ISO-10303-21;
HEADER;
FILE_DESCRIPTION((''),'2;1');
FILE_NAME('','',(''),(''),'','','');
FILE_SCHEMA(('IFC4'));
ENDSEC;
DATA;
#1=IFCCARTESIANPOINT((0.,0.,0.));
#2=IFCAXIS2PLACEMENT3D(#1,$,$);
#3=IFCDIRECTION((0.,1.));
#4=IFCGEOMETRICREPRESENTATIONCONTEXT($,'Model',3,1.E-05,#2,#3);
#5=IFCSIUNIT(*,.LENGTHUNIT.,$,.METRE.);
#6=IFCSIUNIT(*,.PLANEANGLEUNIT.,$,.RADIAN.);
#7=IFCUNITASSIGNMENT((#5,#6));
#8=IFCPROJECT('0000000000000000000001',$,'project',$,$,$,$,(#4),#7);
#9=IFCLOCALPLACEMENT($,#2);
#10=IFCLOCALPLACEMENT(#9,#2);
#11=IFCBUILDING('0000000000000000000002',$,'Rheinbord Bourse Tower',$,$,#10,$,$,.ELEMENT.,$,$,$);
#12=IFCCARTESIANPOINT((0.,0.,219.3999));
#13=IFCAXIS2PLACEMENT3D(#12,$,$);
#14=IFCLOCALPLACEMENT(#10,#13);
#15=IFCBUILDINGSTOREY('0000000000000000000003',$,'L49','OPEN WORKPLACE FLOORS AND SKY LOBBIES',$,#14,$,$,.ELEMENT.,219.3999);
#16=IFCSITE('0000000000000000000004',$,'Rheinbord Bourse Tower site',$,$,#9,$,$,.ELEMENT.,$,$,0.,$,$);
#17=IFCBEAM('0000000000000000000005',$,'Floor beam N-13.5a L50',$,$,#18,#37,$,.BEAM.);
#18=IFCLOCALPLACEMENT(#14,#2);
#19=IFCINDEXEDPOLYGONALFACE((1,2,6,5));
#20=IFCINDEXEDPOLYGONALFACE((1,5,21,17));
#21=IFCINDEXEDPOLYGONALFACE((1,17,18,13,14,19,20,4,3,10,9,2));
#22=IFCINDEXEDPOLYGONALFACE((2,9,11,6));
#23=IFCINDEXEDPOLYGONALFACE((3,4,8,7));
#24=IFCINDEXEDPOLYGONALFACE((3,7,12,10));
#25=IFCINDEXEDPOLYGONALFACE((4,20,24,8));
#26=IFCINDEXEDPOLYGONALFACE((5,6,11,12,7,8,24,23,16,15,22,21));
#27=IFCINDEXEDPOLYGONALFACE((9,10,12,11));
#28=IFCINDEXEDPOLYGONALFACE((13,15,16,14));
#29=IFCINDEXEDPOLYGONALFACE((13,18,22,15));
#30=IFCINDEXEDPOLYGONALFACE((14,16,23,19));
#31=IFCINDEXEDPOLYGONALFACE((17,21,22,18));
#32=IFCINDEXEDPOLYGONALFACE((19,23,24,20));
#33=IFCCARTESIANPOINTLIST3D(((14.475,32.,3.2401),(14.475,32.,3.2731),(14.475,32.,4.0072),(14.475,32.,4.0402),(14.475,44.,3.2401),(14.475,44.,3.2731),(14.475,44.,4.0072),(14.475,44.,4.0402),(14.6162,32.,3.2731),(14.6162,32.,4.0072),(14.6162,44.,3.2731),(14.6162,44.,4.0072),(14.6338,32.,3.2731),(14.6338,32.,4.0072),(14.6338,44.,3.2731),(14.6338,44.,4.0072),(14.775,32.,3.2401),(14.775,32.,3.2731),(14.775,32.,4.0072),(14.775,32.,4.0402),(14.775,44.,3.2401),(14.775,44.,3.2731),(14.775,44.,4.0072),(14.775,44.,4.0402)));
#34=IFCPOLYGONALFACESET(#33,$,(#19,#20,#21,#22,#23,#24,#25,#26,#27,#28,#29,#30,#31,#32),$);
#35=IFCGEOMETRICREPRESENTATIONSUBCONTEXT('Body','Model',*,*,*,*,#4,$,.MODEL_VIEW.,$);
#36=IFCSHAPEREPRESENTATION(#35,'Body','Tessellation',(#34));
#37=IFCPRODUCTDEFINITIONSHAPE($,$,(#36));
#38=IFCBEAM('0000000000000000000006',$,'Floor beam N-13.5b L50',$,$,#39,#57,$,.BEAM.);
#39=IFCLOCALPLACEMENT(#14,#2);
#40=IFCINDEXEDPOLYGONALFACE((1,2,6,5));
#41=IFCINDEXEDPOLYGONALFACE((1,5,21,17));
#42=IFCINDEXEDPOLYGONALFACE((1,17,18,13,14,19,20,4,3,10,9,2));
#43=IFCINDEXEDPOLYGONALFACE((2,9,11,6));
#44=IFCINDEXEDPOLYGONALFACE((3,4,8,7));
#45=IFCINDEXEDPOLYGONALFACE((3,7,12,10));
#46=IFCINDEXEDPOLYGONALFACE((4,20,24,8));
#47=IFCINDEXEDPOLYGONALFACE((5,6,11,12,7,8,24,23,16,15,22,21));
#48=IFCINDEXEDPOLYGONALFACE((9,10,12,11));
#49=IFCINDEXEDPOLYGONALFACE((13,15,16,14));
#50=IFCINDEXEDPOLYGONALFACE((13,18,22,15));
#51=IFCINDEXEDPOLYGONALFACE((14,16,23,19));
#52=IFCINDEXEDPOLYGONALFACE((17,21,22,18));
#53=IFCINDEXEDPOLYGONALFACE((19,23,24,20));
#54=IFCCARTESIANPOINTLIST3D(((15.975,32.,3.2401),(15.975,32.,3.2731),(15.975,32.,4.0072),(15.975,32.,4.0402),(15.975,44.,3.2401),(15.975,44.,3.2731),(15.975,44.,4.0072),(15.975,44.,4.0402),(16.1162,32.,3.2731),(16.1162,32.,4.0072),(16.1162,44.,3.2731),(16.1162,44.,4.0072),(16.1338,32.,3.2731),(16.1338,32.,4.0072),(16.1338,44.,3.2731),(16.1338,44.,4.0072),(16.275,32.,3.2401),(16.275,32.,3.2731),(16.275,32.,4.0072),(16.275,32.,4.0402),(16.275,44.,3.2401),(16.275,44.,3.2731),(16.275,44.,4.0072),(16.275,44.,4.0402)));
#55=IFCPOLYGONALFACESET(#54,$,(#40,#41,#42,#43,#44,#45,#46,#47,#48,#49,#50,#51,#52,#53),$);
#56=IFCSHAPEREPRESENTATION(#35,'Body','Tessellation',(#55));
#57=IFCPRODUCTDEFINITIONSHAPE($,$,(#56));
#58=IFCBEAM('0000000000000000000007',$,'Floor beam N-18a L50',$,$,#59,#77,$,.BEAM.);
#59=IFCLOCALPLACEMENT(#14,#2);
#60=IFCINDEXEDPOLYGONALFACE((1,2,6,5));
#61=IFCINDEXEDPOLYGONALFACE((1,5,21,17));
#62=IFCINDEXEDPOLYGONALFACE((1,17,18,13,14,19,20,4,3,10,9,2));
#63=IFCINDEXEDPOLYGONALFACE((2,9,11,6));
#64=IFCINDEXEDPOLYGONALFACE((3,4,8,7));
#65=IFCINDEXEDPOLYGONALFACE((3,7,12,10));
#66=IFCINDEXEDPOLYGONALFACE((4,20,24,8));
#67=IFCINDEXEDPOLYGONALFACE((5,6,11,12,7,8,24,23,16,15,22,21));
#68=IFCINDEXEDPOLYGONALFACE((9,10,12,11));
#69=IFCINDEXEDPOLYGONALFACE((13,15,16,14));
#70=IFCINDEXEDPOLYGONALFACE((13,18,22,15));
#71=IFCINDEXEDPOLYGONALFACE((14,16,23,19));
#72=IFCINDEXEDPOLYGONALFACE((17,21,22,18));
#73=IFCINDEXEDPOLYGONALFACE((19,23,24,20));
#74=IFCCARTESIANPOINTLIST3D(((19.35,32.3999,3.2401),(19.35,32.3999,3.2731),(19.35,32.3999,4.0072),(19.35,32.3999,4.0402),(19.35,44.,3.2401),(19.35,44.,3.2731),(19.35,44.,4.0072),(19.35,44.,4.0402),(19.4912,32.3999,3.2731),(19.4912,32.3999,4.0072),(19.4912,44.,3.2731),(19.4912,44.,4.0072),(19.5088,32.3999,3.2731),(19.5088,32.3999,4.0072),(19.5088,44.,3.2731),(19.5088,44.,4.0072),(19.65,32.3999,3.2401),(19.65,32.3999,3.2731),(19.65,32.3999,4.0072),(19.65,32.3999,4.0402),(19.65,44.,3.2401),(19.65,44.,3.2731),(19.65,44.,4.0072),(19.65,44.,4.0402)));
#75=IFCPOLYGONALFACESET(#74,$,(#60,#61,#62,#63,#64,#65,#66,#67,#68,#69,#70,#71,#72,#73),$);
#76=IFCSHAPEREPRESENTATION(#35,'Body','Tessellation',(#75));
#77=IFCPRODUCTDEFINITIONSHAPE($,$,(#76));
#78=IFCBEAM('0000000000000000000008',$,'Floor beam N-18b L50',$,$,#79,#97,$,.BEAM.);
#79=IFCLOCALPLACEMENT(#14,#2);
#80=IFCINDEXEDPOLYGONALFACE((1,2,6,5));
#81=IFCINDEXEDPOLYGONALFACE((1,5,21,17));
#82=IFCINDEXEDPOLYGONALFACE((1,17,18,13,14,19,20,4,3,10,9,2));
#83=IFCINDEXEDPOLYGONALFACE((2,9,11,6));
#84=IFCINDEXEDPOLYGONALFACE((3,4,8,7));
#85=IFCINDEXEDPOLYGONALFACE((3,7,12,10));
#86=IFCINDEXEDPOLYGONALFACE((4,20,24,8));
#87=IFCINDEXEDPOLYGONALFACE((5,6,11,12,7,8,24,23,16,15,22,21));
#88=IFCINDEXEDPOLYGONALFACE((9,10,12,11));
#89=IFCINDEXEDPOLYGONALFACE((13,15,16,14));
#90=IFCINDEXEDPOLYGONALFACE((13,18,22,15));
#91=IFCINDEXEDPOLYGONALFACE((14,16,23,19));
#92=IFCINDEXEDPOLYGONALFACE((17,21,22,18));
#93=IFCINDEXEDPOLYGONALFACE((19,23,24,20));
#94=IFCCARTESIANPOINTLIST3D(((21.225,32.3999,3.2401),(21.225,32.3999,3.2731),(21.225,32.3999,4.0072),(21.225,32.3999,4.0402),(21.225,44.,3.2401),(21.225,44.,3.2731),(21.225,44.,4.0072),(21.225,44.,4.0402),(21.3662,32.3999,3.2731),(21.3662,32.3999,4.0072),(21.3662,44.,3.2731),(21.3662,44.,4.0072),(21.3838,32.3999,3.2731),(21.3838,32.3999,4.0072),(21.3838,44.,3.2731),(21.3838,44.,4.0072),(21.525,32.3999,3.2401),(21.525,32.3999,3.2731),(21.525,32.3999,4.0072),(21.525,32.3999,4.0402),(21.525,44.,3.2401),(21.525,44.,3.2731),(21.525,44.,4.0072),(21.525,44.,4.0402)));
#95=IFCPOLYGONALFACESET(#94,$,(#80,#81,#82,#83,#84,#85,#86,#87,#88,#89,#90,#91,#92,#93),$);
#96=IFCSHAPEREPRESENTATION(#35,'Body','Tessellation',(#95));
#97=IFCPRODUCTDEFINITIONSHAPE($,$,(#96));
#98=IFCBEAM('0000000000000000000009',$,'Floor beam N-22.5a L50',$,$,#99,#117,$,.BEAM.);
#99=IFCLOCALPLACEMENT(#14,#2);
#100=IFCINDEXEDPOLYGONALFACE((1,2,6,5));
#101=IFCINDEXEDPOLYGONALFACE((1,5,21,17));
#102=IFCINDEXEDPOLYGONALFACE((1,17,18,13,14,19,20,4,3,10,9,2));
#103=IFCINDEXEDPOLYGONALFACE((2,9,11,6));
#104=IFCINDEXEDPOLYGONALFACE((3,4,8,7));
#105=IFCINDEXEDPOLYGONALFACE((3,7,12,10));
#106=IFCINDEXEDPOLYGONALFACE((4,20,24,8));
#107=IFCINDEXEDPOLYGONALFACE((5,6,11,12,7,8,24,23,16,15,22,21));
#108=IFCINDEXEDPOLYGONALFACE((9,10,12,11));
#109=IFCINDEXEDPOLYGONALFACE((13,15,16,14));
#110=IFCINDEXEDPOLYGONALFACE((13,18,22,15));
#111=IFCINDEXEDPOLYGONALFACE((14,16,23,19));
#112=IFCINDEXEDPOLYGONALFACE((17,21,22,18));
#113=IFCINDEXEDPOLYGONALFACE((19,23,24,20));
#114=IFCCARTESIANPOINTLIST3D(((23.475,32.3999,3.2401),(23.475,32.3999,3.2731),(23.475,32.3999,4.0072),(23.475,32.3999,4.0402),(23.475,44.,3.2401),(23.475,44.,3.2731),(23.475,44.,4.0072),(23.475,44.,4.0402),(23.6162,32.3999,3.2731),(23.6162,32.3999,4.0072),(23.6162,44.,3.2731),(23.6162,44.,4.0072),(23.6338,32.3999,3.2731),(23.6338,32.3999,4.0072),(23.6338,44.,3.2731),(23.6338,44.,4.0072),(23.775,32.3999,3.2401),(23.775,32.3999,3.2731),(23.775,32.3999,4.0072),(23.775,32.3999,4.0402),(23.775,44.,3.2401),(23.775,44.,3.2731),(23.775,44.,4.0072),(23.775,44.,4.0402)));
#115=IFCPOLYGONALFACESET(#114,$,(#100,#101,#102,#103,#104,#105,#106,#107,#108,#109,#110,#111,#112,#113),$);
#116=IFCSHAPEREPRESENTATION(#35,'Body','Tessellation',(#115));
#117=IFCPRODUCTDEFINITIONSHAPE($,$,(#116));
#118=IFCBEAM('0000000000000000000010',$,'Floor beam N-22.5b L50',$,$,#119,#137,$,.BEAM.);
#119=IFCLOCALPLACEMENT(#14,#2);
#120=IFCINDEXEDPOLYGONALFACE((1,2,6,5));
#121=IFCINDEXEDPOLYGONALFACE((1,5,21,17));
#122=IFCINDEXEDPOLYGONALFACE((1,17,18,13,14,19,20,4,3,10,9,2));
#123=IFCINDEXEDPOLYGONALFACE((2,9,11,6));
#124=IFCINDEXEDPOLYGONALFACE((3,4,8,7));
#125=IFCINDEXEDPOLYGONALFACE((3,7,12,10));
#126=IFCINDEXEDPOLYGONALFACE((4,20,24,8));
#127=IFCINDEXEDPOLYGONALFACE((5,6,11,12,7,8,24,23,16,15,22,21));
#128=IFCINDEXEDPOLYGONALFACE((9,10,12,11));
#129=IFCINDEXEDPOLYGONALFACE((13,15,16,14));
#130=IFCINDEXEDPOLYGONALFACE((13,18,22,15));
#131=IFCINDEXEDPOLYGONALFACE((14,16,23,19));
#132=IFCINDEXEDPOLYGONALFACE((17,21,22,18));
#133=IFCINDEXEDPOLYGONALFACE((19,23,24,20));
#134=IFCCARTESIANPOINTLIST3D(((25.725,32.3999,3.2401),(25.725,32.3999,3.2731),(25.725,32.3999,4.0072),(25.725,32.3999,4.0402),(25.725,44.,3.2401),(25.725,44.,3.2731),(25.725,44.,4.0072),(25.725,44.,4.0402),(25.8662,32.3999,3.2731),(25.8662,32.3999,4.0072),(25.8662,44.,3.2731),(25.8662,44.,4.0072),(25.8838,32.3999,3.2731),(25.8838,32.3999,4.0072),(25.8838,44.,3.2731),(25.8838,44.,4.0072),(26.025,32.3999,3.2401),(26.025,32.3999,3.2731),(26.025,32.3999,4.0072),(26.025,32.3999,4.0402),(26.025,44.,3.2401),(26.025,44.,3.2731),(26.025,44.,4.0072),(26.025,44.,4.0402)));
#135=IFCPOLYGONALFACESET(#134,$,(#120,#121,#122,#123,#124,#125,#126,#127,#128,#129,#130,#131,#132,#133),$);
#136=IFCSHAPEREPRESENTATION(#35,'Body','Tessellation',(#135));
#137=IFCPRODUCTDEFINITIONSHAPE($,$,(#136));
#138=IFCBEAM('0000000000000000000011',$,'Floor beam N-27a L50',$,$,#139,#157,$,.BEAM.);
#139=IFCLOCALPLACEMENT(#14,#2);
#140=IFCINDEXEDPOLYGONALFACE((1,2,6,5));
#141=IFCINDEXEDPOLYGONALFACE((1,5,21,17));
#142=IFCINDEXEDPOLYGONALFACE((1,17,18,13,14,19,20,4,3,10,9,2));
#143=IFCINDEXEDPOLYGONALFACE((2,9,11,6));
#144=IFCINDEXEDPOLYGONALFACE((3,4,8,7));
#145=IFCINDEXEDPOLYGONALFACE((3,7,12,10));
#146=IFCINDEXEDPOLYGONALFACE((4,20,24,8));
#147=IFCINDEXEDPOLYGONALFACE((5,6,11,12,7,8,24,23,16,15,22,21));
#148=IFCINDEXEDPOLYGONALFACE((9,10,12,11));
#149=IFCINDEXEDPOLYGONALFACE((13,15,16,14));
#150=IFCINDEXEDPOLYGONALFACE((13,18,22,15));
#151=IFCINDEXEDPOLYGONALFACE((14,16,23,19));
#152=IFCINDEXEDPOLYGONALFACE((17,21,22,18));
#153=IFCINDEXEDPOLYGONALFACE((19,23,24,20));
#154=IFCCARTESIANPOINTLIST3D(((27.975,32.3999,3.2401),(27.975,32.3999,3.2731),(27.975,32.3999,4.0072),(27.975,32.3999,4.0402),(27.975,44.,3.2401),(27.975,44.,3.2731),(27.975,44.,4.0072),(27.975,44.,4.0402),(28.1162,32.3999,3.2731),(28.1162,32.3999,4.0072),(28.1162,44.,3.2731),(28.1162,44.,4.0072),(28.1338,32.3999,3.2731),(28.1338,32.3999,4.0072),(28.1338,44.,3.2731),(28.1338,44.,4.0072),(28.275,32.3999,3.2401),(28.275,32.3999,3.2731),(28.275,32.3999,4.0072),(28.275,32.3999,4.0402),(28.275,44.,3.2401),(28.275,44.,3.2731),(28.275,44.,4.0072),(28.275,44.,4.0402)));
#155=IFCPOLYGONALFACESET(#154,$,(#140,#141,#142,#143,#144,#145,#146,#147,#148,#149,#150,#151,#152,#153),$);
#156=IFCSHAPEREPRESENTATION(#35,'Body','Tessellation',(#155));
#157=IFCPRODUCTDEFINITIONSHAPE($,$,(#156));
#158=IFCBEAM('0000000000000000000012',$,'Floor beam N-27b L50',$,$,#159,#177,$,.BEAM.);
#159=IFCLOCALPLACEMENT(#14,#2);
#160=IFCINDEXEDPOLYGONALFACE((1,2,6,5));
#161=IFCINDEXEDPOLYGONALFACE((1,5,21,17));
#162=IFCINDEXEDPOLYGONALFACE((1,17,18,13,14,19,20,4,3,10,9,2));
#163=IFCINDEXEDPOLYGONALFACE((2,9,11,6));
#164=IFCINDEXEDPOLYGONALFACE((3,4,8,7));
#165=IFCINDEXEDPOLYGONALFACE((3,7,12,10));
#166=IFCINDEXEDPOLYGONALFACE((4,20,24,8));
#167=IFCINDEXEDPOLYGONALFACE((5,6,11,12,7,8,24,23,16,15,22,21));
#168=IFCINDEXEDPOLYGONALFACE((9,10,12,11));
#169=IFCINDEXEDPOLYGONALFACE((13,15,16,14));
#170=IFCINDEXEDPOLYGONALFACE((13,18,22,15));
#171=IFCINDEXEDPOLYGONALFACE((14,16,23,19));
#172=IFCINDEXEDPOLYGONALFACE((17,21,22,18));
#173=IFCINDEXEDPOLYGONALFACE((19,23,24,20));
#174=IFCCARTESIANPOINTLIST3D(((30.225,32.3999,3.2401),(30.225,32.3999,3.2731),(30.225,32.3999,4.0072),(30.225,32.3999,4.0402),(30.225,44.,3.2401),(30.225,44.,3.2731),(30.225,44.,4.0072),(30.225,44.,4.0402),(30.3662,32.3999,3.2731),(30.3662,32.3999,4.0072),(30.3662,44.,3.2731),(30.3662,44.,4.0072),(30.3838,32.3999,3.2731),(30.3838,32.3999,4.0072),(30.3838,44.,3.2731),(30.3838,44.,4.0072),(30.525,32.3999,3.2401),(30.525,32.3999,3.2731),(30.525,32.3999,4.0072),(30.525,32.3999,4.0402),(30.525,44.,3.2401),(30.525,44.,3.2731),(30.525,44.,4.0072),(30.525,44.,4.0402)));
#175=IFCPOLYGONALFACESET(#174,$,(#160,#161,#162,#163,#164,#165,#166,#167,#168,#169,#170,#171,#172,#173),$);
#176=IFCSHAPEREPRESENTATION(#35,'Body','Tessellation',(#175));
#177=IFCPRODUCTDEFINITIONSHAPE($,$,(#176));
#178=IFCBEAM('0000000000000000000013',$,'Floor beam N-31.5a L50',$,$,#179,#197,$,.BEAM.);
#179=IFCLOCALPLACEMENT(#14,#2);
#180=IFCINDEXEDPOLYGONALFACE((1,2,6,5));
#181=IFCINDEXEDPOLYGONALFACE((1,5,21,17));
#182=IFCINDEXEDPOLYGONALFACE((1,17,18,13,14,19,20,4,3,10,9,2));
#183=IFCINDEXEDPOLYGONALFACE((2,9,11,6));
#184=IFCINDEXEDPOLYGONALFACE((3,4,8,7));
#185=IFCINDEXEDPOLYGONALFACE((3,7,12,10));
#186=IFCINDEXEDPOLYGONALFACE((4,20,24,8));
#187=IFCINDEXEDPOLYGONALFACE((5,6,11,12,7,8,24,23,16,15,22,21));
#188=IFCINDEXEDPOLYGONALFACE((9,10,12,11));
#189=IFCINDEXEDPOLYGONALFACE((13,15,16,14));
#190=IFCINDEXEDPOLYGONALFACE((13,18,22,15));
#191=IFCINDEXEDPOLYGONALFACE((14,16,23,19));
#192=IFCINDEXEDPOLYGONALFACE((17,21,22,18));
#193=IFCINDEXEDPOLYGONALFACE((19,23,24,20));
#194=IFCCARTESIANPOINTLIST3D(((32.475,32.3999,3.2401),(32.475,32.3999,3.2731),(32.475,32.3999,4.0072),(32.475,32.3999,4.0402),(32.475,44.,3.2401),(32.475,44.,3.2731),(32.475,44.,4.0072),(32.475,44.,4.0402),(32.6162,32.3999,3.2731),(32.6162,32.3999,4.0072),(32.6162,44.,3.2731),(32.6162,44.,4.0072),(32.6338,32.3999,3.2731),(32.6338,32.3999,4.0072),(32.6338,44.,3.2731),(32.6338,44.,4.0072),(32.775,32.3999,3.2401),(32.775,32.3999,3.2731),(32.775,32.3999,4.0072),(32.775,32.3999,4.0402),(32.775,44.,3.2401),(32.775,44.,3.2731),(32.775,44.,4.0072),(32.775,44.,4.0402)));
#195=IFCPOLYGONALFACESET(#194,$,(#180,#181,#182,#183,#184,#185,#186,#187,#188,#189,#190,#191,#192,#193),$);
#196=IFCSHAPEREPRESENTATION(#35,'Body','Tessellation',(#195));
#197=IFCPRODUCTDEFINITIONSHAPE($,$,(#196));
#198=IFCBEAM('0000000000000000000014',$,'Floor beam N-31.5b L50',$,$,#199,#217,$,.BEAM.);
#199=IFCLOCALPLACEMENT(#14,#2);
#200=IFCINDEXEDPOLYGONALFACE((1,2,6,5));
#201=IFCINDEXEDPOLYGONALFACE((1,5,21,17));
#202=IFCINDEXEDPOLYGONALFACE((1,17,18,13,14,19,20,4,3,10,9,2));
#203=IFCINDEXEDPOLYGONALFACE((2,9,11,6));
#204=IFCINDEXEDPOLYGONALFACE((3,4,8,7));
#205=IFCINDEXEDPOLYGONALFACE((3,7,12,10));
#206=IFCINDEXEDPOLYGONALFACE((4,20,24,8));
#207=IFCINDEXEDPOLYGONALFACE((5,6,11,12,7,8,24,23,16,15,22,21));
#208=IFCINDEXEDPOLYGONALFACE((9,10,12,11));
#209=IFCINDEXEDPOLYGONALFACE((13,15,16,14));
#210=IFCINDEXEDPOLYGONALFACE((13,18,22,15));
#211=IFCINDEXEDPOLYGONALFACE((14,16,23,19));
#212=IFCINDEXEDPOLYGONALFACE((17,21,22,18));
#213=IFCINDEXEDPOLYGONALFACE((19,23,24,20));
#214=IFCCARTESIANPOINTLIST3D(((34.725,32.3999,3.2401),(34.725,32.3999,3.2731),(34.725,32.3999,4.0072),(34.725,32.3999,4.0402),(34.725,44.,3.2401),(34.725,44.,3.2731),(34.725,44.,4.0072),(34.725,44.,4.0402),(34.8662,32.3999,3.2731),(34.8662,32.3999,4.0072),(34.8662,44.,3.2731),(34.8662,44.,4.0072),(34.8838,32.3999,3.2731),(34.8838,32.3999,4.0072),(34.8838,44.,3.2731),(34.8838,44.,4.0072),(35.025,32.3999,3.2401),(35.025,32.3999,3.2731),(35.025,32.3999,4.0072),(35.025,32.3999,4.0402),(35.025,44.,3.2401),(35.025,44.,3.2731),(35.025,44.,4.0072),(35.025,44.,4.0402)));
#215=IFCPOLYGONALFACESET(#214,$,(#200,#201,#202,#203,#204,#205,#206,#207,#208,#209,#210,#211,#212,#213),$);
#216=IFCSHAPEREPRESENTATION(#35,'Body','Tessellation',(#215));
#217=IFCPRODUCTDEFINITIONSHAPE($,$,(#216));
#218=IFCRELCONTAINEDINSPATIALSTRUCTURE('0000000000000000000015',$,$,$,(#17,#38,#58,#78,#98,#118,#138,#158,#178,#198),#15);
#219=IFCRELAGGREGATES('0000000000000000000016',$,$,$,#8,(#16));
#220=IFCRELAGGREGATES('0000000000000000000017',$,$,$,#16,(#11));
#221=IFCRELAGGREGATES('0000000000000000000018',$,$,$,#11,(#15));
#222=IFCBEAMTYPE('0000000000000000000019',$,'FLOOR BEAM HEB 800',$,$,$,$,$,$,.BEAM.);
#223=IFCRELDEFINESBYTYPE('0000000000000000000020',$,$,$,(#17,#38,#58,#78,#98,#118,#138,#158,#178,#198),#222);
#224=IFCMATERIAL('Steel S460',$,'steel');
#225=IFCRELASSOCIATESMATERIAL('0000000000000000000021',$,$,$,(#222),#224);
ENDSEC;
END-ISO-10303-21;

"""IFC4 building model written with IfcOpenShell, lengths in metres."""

from ifc_helpers import new_model, si_unit, direction, frame, origin, origin_2d, place, context, subcontext, project, spatial, i_section, extrude, material, material_profile, profile_set, type_object, element, save


model = new_model("IFC4")

# Units and contexts
model_context = context("Model", 3, precision=1e-05, world=origin(), true_north=direction((0.0, 1.0)))
body_context = subcontext(model_context, "Body", "Model", "MODEL_VIEW")
ifc_project = project(units=[si_unit("LENGTHUNIT", "METRE"), si_unit("PLANEANGLEUNIT", "RADIAN")], contexts=[model_context])

# Site, building, storey
site_placement = place(None, origin())
site = spatial("IfcSite", under=ifc_project, at=site_placement, Name="Rheinbord Bourse Tower site", CompositionType="ELEMENT", RefElevation=0.0)
building_placement = place(site_placement, origin())
building = spatial("IfcBuilding", under=site, at=building_placement, Name="Rheinbord Bourse Tower", CompositionType="ELEMENT")
storey_placement = place(building_placement, frame((0.0, 0.0, 219.3999)))
storey = spatial("IfcBuildingStorey", under=building, at=storey_placement, Name="L49", Description="OPEN WORKPLACE FLOORS AND SKY LOBBIES", CompositionType="ELEMENT", Elevation=219.3999)

# Beams
ifc_material_1 = material(Name="Steel S460", Category="steel")
ifc_material_profile_1 = material_profile(ifc_material_1, i_section(OverallWidth=0.3, OverallDepth=0.8, WebThickness=0.0176, FlangeThickness=0.033, at=origin_2d()), Name="HEB 800")
ifc_profile_set_1 = profile_set([ifc_material_profile_1], Name="Steel S460")
beam_type_1 = type_object("IfcBeamType", Name="FLOOR BEAM HEB 800", PredefinedType="BEAM", material=ifc_profile_set_1)
for number, where, z_axis, x_axis, name in (
    (1, (14.625, 44.0, 3.6401), (0.0, -1.0, 0.0), (1.0, 0.0, 0.0), "Floor beam N-13.5a L50"),
    (2, (16.125, 44.0, 3.6401), (0.0, -1.0, 0.0), (1.0, 0.0, 0.0), "Floor beam N-13.5b L50"),
):
    element("IfcBeam", number, at=place(storey_placement, frame(where, z_axis=z_axis, x_axis=x_axis)), inside=storey, type_object=beam_type_1, Name=name, PredefinedType="BEAM", context=body_context, shape_type="SweptSolid", body=[
        extrude(i_section(OverallWidth=0.3, OverallDepth=0.8, WebThickness=0.0176, FlangeThickness=0.033, at=origin_2d()), origin(), (0.0, 0.0, 1.0), 12.0),
    ])
for number, where, z_axis, x_axis, name in (
    (3, (19.5, 44.0, 3.6401), (0.0, -1.0, 0.0), (1.0, 0.0, 0.0), "Floor beam N-18a L50"),
    (4, (21.375, 44.0, 3.6401), (0.0, -1.0, 0.0), (1.0, 0.0, 0.0), "Floor beam N-18b L50"),
    (5, (23.625, 44.0, 3.6401), (0.0, -1.0, 0.0), (1.0, 0.0, 0.0), "Floor beam N-22.5a L50"),
    (6, (25.875, 44.0, 3.6401), (0.0, -1.0, 0.0), (1.0, 0.0, 0.0), "Floor beam N-22.5b L50"),
    (7, (28.125, 44.0, 3.6401), (0.0, -1.0, 0.0), (1.0, 0.0, 0.0), "Floor beam N-27a L50"),
    (8, (30.375, 44.0, 3.6401), (0.0, -1.0, 0.0), (1.0, 0.0, 0.0), "Floor beam N-27b L50"),
    (9, (32.625, 44.0, 3.6401), (0.0, -1.0, 0.0), (1.0, 0.0, 0.0), "Floor beam N-31.5a L50"),
    (10, (34.875, 44.0, 3.6401), (0.0, -1.0, 0.0), (1.0, 0.0, 0.0), "Floor beam N-31.5b L50"),
):
    element("IfcBeam", number, at=place(storey_placement, frame(where, z_axis=z_axis, x_axis=x_axis)), inside=storey, type_object=beam_type_1, Name=name, PredefinedType="BEAM", context=body_context, shape_type="SweptSolid", body=[
        extrude(i_section(OverallWidth=0.3, OverallDepth=0.8, WebThickness=0.0176, FlangeThickness=0.033, at=origin_2d()), origin(), (0.0, 0.0, 1.0), 11.6001),
    ])

save(model, "model.ifc")
